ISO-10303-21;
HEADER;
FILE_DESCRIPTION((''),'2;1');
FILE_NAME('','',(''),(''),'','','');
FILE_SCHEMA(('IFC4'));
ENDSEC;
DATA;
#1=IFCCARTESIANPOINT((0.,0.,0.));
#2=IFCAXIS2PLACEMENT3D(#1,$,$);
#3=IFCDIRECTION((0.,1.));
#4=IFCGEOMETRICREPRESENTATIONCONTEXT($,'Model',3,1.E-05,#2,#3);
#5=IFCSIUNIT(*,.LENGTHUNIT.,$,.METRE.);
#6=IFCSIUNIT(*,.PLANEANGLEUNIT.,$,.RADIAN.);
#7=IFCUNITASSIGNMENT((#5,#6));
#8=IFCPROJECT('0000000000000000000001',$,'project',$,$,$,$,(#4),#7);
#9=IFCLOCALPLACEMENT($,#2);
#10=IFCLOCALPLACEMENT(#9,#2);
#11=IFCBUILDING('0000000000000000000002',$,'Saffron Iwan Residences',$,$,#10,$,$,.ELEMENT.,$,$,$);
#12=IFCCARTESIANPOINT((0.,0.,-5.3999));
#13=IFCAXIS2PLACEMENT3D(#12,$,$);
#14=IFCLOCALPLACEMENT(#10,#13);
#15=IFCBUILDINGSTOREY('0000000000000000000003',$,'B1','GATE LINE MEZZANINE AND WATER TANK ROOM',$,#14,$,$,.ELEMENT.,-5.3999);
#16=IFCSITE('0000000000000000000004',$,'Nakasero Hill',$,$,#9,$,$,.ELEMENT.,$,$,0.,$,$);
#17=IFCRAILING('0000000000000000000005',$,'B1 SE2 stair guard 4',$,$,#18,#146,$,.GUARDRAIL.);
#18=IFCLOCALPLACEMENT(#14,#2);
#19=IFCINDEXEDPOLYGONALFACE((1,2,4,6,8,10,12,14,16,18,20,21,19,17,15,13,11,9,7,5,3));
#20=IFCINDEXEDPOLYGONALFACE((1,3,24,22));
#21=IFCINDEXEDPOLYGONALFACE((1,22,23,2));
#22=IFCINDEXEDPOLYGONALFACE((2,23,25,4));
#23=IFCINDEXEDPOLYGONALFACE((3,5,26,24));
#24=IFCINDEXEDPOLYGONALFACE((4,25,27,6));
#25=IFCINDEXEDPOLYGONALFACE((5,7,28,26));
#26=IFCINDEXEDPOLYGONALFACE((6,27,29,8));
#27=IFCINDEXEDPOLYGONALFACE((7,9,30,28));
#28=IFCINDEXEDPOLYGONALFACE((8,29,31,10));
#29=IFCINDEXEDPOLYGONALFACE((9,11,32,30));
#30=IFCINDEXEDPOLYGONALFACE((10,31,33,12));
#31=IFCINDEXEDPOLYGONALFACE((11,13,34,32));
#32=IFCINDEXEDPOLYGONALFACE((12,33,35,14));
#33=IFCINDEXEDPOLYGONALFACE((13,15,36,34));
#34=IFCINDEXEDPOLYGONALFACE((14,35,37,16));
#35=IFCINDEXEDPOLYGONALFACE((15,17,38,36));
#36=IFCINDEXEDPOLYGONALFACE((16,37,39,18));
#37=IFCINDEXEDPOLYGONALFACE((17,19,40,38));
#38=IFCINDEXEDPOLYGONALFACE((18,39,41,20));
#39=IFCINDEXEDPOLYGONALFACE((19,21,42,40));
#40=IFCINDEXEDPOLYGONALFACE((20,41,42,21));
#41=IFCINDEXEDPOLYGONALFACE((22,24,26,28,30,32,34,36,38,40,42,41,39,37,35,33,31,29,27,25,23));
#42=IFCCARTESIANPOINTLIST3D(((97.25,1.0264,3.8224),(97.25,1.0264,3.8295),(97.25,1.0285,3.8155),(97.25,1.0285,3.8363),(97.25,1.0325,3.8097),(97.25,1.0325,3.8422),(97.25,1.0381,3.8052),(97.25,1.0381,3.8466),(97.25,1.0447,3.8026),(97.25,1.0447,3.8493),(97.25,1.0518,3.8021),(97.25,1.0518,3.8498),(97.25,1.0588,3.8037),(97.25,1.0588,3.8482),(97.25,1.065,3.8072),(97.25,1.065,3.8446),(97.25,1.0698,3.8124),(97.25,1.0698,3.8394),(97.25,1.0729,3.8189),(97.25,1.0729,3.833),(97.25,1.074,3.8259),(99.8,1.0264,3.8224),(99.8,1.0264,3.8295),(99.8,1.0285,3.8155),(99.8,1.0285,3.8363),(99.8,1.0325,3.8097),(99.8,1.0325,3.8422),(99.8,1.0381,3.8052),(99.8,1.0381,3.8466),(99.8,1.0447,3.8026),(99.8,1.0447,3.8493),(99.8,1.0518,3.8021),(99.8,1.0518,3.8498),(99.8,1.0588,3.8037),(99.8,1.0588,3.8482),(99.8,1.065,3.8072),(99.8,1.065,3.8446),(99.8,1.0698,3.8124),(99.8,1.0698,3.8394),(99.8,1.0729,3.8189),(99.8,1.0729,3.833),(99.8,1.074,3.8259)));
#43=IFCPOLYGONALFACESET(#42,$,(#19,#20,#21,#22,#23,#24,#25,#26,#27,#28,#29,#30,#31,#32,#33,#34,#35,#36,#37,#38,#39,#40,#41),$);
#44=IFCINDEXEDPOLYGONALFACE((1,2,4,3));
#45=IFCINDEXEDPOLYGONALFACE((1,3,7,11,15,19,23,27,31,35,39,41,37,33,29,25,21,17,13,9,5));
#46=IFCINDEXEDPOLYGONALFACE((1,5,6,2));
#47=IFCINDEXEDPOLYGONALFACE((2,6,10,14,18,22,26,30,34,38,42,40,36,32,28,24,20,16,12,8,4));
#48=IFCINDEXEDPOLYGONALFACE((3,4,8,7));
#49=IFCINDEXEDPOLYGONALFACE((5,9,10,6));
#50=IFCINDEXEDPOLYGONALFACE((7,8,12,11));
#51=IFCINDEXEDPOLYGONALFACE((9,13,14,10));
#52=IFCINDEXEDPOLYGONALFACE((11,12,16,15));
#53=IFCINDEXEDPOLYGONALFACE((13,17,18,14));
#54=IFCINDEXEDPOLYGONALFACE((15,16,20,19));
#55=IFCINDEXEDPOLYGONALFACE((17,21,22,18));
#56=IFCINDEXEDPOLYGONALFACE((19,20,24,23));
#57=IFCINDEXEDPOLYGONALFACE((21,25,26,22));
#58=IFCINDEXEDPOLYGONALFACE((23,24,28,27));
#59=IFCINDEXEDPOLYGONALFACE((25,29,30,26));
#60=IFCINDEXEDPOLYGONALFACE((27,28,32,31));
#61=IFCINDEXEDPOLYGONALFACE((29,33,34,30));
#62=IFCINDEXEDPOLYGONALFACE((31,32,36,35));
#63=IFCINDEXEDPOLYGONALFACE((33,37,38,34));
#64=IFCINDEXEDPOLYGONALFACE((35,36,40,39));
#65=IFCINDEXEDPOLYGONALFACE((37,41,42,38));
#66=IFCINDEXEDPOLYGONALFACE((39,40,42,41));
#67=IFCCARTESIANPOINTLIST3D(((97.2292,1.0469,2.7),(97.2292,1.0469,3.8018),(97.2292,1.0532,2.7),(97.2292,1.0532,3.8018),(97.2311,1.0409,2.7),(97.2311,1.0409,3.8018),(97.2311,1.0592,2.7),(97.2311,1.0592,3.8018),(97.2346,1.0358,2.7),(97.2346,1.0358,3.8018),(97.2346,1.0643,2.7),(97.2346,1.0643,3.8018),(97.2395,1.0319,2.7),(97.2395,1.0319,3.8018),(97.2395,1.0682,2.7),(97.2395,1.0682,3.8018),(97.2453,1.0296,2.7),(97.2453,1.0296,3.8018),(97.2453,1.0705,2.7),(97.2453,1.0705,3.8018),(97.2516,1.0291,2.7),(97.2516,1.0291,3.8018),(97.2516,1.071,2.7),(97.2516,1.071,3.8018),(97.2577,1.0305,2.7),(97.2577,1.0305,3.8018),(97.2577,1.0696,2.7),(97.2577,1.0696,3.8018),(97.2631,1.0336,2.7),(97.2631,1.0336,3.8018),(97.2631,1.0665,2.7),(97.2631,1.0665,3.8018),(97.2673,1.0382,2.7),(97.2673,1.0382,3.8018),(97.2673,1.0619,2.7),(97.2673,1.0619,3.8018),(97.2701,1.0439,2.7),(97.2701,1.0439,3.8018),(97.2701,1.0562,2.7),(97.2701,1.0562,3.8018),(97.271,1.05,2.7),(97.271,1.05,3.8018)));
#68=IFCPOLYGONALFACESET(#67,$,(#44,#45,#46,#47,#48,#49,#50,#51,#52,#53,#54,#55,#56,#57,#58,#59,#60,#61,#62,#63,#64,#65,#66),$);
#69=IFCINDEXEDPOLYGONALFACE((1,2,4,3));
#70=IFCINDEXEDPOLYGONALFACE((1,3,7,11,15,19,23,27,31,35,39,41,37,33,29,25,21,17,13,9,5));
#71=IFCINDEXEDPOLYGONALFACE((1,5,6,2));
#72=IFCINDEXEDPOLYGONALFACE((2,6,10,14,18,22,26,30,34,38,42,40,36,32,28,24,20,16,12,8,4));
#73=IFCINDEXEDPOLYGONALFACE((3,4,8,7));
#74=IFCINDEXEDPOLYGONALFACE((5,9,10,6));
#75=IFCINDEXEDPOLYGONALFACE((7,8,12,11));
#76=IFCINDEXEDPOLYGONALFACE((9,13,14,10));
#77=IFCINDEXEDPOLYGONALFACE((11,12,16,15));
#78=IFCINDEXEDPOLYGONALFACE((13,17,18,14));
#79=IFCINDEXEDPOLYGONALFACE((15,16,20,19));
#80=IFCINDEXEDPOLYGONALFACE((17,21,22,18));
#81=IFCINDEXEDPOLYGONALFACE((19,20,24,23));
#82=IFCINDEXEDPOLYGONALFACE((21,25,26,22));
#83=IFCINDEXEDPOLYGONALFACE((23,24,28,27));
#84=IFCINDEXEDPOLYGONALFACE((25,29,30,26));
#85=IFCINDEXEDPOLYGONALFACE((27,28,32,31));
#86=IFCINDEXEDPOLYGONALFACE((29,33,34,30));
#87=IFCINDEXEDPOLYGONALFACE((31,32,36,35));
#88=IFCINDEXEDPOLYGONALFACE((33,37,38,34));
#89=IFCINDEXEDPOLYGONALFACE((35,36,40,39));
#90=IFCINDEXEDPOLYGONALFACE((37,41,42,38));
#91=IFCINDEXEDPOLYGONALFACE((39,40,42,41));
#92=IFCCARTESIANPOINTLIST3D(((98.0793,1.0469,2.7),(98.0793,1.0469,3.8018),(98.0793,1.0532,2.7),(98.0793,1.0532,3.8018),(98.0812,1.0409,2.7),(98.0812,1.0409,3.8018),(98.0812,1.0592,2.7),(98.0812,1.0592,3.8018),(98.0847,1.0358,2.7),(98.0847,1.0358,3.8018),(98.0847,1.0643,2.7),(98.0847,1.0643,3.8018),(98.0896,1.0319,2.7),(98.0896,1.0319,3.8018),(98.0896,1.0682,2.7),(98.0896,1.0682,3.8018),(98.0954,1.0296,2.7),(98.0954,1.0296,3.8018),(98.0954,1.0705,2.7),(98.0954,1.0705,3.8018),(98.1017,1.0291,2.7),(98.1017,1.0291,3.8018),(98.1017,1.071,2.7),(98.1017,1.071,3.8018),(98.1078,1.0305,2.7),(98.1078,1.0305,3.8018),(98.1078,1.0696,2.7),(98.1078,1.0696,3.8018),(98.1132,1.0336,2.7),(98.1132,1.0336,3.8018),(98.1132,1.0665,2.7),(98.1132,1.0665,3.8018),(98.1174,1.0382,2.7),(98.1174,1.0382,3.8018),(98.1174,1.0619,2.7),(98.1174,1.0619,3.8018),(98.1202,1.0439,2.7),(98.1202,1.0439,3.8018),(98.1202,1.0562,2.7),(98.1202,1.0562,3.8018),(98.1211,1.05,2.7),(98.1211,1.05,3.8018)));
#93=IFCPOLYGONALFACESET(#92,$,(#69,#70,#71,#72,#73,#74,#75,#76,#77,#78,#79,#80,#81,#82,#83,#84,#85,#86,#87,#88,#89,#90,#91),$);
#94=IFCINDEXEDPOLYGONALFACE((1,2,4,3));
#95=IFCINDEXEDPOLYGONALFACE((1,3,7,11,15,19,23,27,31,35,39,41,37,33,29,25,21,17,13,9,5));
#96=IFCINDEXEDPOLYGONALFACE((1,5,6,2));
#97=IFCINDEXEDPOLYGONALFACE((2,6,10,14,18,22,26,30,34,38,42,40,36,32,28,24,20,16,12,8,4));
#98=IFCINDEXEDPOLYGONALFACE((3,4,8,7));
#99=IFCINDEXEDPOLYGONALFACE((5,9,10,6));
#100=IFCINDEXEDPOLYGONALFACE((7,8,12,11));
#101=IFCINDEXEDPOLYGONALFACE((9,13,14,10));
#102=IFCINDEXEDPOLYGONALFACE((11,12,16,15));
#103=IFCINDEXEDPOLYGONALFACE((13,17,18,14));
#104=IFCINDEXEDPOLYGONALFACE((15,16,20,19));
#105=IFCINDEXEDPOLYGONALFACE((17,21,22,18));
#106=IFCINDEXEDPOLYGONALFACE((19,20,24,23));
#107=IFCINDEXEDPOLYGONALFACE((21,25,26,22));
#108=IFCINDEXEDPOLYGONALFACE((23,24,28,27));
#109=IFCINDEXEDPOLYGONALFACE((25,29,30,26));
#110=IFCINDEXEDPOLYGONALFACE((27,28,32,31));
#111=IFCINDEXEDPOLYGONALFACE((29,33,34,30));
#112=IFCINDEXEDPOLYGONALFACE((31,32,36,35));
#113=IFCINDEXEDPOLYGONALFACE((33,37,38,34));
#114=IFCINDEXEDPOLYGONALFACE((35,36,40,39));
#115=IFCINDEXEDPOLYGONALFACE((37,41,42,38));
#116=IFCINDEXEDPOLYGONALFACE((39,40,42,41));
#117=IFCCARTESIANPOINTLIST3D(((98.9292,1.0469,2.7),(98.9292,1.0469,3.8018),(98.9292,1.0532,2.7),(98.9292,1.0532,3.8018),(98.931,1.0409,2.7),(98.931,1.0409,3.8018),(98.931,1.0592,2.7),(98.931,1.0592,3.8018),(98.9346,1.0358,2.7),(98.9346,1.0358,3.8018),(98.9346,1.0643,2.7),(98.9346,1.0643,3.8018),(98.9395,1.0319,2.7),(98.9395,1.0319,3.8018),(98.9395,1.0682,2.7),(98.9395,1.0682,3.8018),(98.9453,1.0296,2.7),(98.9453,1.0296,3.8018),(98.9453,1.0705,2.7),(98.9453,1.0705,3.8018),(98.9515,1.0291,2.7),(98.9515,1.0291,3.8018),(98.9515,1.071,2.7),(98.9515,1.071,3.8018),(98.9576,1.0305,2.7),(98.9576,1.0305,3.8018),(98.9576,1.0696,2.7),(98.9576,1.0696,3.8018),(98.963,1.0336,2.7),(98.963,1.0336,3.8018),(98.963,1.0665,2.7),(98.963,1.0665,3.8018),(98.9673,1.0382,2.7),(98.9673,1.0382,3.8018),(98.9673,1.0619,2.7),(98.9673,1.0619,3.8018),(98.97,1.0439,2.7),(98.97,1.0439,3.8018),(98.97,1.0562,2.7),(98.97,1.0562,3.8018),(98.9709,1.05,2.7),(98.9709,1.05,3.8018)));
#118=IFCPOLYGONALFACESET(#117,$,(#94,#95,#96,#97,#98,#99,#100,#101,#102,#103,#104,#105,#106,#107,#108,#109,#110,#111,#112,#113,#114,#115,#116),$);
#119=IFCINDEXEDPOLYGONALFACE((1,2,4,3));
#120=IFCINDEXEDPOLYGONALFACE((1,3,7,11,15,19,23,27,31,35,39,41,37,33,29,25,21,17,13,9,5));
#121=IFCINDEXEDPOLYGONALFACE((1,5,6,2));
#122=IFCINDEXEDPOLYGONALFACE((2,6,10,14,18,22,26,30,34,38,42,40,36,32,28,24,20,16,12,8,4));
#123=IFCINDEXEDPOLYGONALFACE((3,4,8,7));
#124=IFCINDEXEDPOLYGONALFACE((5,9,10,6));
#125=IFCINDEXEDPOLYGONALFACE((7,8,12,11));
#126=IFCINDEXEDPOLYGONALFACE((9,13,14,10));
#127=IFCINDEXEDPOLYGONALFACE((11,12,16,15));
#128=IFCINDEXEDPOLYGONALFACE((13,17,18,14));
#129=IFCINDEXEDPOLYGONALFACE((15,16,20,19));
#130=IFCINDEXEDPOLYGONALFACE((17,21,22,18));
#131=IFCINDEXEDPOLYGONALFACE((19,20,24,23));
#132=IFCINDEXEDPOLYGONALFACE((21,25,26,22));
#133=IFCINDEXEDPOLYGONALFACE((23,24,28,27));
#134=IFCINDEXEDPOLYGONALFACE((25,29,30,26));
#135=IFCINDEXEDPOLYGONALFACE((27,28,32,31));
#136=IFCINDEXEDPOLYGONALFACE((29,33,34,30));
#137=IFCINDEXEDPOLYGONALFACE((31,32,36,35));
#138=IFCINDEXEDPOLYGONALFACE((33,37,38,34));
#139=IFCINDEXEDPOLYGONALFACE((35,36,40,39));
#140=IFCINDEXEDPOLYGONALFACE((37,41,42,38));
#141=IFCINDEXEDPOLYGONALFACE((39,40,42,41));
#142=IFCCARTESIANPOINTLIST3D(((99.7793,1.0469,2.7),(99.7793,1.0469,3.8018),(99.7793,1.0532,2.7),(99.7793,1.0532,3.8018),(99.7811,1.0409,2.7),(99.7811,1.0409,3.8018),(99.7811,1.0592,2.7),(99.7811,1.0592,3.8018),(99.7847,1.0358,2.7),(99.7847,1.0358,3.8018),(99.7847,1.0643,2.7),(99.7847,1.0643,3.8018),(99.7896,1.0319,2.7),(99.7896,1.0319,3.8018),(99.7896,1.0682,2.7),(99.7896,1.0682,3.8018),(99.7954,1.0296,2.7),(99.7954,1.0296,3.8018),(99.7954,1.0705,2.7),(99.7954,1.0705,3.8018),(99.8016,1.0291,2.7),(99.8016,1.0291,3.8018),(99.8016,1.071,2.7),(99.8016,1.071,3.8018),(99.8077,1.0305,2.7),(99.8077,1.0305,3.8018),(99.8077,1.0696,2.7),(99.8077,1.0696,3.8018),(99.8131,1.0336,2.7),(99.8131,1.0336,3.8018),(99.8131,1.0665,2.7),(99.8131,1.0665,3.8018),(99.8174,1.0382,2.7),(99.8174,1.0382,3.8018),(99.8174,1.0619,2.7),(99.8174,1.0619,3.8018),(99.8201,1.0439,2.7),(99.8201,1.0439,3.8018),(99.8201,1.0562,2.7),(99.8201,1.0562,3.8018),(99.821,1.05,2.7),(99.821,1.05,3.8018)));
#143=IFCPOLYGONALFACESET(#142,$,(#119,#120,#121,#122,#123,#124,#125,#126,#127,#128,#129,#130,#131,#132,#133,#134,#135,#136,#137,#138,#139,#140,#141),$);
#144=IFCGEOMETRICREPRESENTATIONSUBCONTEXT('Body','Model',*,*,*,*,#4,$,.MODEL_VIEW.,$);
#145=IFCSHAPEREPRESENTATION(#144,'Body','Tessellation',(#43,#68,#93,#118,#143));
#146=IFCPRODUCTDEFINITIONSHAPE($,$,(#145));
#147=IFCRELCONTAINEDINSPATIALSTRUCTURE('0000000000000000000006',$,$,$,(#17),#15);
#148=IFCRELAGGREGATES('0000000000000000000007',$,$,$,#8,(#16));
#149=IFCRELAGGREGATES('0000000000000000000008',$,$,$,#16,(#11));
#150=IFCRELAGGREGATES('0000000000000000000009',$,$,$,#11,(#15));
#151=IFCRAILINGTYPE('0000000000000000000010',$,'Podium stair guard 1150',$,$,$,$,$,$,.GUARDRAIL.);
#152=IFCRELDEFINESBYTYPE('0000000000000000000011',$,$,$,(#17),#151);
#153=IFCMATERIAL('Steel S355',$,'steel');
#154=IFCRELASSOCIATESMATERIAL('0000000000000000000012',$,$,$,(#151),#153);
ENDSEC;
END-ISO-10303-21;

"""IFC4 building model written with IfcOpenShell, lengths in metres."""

from ifc_helpers import new_model, si_unit, direction, frame, origin, origin_2d, place, context, subcontext, project, spatial, circle, extrude, material, type_object, element, save


model = new_model("IFC4")

# Units and contexts
model_context = context("Model", 3, precision=1e-05, world=origin(), true_north=direction((0.0, 1.0)))
body_context = subcontext(model_context, "Body", "Model", "MODEL_VIEW")
ifc_project = project(units=[si_unit("LENGTHUNIT", "METRE"), si_unit("PLANEANGLEUNIT", "RADIAN")], contexts=[model_context])

# Site, building, storey
site_placement = place(None, origin())
site = spatial("IfcSite", under=ifc_project, at=site_placement, Name="Nakasero Hill", CompositionType="ELEMENT", RefElevation=0.0)
building_placement = place(site_placement, origin())
building = spatial("IfcBuilding", under=site, at=building_placement, Name="Saffron Iwan Residences", CompositionType="ELEMENT")
storey_placement = place(building_placement, frame((0.0, 0.0, -5.3999)))
storey = spatial("IfcBuildingStorey", under=building, at=storey_placement, Name="B1", Description="GATE LINE MEZZANINE AND WATER TANK ROOM", CompositionType="ELEMENT", Elevation=-5.3999)

# Railing
ifc_material_1 = material(Name="Steel S355", Category="steel")
railing_type_1 = type_object("IfcRailingType", Name="Podium stair guard 1150", PredefinedType="GUARDRAIL", material=ifc_material_1)
railing_1_placement = place(storey_placement, frame((97.25, 1.05, 2.7)))
element("IfcRailing", 1, at=railing_1_placement, inside=storey, type_object=railing_type_1, Name="B1 SE2 stair guard 4", PredefinedType="GUARDRAIL", context=body_context, shape_type="SweptSolid", body=[
    extrude(circle(Radius=0.0239, at=origin_2d()), frame((0.0, 0.0, 1.126), z_axis=(1.0, 0.0, 0.0), x_axis=(0.0, 1.0, 0.0)), (0.0, 0.0, 1.0), 2.55),
    extrude(circle(Radius=0.021, at=origin_2d()), origin(), (0.0, 0.0, 1.0), 1.1018),
    extrude(circle(Radius=0.021, at=origin_2d()), frame((0.8501, 0.0, 0.0)), (0.0, 0.0, 1.0), 1.1018),
    extrude(circle(Radius=0.021, at=origin_2d()), frame((1.7, 0.0, 0.0)), (0.0, 0.0, 1.0), 1.1018),
    extrude(circle(Radius=0.021, at=origin_2d()), frame((2.55, 0.0, 0.0)), (0.0, 0.0, 1.0), 1.1018),
])

save(model, "model.ifc")
